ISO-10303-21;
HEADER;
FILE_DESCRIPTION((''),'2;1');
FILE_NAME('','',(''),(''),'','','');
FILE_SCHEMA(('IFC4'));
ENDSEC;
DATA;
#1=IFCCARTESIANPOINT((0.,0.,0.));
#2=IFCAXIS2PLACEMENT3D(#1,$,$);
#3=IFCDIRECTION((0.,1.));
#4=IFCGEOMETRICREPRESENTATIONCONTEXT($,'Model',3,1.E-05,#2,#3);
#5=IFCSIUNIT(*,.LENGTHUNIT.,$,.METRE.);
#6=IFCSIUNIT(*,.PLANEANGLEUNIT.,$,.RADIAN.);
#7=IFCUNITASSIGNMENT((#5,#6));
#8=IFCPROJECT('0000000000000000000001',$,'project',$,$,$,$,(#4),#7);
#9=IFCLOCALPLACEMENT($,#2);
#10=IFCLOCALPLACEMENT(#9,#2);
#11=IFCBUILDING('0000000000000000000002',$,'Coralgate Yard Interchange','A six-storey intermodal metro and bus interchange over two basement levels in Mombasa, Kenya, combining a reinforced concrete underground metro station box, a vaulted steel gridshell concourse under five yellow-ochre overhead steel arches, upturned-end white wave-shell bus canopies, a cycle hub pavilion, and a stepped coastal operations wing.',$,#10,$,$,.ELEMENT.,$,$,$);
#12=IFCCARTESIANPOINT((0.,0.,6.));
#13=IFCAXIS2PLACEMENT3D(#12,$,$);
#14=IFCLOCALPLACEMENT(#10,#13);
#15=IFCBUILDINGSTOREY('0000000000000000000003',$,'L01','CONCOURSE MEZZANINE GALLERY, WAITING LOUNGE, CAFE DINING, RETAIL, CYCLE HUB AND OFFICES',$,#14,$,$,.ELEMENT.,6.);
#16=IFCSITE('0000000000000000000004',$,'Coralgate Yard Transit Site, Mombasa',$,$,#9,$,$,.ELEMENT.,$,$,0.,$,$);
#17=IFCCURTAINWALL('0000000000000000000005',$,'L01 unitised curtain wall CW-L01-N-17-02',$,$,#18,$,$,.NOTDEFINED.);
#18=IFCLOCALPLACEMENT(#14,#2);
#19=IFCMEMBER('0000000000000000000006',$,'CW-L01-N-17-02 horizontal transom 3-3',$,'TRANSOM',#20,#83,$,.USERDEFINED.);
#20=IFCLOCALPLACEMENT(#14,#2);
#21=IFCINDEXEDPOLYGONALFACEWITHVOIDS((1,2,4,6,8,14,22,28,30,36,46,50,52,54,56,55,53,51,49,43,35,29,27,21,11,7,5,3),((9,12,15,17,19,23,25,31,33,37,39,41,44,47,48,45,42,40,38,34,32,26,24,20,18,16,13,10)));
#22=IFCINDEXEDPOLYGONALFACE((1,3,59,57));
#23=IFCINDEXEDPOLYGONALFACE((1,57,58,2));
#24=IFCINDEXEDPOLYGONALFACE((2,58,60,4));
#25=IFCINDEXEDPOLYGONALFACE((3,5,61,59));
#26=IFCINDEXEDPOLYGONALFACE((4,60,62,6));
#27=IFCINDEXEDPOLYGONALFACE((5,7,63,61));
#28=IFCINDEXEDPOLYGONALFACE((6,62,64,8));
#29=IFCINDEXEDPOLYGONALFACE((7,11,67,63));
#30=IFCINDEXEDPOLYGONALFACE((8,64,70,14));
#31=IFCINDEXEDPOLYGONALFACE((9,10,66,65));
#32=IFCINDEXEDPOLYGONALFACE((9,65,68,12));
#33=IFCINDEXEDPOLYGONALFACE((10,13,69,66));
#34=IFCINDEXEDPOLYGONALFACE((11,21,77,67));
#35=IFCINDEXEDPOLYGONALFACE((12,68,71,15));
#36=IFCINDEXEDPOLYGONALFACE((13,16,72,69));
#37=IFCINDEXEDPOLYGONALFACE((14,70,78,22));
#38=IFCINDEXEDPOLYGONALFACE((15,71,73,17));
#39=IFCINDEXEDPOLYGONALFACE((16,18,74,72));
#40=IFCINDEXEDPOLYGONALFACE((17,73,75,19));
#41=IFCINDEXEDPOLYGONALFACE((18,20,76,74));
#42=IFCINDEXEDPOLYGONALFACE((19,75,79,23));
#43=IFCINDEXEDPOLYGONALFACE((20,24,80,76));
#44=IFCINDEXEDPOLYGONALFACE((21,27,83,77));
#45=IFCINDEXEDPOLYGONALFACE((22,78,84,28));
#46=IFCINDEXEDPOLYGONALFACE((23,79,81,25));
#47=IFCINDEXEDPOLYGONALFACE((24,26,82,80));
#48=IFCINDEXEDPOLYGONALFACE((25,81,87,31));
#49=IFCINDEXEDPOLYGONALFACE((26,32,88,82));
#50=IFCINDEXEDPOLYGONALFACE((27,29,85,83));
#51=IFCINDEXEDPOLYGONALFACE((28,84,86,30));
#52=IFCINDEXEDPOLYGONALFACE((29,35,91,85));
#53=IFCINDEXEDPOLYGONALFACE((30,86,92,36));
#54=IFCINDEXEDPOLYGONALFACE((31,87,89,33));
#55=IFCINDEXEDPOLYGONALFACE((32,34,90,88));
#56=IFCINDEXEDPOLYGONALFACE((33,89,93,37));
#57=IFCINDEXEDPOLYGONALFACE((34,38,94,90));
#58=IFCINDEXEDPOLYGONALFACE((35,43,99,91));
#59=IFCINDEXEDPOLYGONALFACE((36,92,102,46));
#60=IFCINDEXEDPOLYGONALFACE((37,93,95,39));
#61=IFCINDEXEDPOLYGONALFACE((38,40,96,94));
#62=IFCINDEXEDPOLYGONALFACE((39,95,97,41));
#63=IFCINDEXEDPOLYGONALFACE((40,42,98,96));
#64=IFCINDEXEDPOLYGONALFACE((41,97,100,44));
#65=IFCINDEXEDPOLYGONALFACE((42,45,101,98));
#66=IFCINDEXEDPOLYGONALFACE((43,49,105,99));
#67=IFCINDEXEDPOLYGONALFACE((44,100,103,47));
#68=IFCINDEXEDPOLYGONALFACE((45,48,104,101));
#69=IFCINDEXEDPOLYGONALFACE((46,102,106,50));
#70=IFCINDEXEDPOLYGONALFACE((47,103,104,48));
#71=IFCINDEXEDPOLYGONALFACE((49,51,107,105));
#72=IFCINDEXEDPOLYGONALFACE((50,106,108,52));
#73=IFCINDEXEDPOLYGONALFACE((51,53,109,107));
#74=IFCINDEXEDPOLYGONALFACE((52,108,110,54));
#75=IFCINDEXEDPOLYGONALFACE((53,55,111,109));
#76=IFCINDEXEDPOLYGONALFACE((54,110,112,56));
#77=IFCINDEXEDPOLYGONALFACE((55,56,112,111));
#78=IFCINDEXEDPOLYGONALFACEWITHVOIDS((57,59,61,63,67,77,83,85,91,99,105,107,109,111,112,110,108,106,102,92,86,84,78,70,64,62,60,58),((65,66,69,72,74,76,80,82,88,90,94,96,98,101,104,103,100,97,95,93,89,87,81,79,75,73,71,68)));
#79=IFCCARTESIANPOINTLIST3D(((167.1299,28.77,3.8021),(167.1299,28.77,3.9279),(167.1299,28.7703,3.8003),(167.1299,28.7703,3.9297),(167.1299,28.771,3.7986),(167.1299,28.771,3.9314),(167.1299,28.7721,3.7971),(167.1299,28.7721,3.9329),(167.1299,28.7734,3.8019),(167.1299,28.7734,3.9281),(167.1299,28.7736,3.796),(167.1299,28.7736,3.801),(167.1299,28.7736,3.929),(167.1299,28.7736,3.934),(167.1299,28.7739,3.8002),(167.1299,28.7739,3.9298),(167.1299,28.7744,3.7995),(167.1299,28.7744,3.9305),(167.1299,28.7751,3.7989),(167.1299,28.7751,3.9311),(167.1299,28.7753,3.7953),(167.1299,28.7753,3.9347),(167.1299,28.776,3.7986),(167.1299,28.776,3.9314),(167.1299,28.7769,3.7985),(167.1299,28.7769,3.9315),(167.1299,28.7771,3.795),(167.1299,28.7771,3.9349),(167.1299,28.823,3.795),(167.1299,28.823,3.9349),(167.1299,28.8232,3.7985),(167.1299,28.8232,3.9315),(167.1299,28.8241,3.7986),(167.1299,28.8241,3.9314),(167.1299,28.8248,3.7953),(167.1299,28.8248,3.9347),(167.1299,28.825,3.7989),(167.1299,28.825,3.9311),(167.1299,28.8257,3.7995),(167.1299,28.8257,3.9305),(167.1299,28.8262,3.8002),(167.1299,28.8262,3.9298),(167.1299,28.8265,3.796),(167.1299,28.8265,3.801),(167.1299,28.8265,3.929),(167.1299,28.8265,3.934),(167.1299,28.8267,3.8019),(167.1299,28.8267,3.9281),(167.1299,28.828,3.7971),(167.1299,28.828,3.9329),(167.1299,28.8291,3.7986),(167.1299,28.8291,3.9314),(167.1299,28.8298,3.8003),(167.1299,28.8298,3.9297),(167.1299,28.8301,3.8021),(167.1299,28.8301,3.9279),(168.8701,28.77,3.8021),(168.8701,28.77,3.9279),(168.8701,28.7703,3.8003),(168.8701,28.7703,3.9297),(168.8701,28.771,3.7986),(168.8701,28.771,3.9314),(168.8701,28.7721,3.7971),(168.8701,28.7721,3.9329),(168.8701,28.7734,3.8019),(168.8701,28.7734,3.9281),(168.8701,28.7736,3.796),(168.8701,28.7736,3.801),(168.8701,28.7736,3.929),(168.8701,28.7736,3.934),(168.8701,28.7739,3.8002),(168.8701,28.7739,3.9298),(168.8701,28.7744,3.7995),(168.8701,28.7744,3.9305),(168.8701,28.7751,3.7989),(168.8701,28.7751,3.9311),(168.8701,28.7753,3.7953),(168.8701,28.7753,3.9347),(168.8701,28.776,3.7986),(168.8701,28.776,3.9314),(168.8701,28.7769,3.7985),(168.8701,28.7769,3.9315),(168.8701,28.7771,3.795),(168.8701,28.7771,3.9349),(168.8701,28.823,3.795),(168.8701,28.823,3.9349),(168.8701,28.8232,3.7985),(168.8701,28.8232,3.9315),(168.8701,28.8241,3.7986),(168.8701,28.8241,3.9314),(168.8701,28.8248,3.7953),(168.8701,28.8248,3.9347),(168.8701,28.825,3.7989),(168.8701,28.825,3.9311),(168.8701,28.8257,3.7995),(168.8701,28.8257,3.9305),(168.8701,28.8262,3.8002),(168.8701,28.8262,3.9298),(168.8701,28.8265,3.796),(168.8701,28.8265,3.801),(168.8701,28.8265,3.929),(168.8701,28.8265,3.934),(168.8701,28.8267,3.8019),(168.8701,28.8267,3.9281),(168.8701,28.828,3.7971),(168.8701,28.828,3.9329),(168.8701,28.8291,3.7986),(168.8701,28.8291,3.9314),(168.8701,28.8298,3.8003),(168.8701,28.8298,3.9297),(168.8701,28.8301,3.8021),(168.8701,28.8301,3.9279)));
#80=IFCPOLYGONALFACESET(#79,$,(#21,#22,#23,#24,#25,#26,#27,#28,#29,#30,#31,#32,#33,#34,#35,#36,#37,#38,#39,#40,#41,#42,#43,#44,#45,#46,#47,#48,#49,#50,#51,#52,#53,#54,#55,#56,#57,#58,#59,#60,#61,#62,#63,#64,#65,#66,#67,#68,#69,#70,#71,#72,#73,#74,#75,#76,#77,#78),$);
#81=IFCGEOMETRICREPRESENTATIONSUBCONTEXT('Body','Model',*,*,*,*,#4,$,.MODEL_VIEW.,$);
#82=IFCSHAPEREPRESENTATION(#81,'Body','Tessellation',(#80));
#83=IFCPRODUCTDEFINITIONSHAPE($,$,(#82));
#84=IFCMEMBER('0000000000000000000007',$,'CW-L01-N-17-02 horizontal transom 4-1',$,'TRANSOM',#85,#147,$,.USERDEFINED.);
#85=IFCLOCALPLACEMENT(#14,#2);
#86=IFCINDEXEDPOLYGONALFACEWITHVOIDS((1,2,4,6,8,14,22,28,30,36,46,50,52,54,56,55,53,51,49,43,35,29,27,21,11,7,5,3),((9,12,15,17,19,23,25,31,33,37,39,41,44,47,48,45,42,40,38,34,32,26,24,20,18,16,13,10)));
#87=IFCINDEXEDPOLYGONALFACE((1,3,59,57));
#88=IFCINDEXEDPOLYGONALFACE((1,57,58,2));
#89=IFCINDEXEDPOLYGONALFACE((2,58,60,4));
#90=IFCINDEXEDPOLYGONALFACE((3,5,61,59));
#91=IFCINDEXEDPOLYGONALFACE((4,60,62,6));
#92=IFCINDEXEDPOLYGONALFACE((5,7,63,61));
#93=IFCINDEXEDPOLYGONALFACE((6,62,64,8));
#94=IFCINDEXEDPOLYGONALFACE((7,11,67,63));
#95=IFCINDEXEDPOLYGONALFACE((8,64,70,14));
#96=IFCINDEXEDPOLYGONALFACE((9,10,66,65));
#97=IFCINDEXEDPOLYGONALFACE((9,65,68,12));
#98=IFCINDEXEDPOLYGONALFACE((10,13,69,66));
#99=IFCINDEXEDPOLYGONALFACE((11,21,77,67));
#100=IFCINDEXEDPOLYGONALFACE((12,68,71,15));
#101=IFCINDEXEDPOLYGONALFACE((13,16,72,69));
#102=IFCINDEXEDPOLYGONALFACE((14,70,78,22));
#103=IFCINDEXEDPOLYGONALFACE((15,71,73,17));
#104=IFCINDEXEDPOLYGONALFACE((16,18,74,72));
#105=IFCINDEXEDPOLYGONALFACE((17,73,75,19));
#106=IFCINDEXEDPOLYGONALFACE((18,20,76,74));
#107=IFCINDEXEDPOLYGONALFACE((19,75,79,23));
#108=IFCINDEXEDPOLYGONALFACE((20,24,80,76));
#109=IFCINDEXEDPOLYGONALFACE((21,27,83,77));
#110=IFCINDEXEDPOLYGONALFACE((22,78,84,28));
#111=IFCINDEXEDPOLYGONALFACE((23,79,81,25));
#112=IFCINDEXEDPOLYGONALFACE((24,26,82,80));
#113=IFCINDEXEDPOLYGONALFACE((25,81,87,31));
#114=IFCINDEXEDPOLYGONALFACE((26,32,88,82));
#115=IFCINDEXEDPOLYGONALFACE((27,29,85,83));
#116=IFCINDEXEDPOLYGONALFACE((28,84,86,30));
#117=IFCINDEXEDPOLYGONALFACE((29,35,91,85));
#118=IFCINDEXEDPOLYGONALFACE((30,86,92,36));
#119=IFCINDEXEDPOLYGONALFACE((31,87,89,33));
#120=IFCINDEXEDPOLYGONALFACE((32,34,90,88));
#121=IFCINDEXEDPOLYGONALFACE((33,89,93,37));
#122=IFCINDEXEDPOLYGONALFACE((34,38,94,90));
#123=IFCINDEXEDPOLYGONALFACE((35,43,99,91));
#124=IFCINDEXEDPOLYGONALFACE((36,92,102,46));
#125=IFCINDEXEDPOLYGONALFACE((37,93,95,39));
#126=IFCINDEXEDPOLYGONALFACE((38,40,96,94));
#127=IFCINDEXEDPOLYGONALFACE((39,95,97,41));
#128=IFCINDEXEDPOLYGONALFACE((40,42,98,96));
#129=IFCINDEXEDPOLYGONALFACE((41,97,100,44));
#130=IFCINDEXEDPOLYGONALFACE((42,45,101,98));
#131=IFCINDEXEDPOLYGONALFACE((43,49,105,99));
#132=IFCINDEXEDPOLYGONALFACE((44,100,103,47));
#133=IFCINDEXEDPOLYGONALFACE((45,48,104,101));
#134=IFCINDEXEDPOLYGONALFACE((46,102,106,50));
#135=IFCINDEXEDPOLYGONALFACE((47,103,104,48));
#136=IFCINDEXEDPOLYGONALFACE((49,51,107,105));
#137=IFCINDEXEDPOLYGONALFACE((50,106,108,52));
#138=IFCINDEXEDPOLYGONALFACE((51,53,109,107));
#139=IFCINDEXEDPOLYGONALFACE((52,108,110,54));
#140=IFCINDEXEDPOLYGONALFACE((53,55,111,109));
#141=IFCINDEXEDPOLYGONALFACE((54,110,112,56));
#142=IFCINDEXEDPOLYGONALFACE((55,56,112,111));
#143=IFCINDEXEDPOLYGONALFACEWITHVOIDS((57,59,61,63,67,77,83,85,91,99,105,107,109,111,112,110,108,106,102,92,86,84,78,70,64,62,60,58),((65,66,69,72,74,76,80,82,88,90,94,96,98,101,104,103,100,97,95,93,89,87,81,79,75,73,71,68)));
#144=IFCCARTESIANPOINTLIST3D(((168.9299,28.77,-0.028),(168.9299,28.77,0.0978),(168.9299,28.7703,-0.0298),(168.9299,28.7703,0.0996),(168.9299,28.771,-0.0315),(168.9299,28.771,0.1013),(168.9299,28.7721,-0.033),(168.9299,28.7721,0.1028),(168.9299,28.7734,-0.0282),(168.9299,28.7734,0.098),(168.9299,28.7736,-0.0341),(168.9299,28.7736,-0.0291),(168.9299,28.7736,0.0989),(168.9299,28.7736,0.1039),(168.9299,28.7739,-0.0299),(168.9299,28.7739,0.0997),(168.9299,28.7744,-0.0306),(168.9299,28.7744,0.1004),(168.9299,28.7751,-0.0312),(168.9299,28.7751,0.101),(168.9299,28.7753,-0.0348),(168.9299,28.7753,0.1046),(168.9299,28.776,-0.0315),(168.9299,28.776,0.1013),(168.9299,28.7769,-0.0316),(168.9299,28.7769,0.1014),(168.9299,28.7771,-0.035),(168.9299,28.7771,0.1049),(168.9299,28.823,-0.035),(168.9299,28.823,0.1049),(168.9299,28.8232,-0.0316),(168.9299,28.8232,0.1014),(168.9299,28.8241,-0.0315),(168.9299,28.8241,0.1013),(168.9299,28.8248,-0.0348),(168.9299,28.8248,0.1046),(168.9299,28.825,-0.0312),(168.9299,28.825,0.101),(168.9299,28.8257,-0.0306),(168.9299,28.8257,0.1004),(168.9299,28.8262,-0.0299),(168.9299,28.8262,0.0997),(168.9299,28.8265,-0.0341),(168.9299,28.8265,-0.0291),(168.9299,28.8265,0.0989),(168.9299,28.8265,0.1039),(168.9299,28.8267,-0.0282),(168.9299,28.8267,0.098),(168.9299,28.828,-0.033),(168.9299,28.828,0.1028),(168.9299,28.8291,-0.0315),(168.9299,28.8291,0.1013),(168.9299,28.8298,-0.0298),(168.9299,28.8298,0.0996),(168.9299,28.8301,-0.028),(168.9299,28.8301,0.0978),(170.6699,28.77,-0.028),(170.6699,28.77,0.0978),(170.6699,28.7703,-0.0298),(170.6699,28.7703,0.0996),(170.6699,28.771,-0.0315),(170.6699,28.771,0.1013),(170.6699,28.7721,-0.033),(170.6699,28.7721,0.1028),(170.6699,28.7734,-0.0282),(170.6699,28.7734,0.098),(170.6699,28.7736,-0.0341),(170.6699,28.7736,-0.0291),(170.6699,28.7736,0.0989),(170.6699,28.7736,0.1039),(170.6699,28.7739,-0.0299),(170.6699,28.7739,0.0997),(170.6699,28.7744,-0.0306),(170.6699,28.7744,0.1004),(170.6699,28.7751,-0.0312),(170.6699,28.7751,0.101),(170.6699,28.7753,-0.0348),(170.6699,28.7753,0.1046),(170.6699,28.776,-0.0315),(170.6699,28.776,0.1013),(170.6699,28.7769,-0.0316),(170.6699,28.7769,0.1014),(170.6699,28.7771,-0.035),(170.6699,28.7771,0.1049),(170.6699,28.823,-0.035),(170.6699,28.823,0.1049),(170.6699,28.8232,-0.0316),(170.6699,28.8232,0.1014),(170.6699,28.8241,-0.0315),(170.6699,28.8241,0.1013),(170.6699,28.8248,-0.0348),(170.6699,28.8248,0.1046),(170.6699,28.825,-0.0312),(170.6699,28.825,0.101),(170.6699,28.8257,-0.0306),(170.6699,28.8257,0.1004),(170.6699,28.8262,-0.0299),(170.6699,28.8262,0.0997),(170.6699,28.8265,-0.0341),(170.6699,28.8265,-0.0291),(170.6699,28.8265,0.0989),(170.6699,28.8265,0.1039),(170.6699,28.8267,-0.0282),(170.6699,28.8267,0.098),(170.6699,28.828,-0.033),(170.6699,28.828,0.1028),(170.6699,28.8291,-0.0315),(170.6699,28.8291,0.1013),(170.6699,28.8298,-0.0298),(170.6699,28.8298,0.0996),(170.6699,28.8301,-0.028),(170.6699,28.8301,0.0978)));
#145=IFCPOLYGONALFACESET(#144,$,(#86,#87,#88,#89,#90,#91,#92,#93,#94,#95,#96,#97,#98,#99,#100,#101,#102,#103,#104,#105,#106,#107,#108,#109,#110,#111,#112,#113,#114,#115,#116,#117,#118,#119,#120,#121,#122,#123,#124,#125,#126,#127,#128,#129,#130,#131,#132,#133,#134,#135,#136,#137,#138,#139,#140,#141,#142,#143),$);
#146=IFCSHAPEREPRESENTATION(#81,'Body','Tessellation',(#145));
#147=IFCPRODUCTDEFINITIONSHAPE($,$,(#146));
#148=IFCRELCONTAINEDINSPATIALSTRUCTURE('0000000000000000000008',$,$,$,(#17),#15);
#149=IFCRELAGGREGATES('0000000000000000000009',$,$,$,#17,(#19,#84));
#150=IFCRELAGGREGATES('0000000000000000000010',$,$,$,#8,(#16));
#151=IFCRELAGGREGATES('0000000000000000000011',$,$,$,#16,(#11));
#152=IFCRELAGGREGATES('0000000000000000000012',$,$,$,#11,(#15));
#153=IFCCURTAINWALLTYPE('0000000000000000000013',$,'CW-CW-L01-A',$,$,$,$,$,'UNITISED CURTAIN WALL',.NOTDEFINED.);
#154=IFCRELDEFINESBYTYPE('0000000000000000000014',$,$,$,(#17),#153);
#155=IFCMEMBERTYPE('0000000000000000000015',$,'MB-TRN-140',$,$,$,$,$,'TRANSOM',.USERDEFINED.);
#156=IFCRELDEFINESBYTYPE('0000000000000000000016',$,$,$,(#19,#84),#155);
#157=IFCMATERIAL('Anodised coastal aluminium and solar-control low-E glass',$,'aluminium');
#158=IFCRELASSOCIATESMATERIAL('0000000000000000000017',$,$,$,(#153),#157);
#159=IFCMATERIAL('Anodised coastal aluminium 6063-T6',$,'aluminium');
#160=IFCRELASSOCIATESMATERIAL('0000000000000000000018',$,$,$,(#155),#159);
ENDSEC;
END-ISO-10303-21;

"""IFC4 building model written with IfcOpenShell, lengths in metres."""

from ifc_helpers import new_model, si_unit, direction, frame, origin, origin_2d, place, context, subcontext, project, spatial, hollow_rectangle, extrude, material, material_profile, profile_set, type_object, element, aggregate, save


model = new_model("IFC4")

# Units and contexts
model_context = context("Model", 3, precision=1e-05, world=origin(), true_north=direction((0.0, 1.0)))
body_context = subcontext(model_context, "Body", "Model", "MODEL_VIEW")
ifc_project = project(units=[si_unit("LENGTHUNIT", "METRE"), si_unit("PLANEANGLEUNIT", "RADIAN")], contexts=[model_context])

# Site, building, storey
site_placement = place(None, origin())
site = spatial("IfcSite", under=ifc_project, at=site_placement, Name="Coralgate Yard Transit Site, Mombasa", CompositionType="ELEMENT", RefElevation=0.0)
building_placement = place(site_placement, origin())
building = spatial("IfcBuilding", under=site, at=building_placement, Name="Coralgate Yard Interchange", Description="A six-storey intermodal metro and bus interchange over two basement levels in Mombasa, Kenya, combining a reinforced concrete underground metro station box, a vaulted steel gridshell concourse under five yellow-ochre overhead steel arches, upturned-end white wave-shell bus canopies, a cycle hub pavilion, and a stepped coastal operations wing.", CompositionType="ELEMENT")
storey_placement = place(building_placement, frame((0.0, 0.0, 6.0)))
storey = spatial("IfcBuildingStorey", under=building, at=storey_placement, Name="L01", Description="CONCOURSE MEZZANINE GALLERY, WAITING LOUNGE, CAFE DINING, RETAIL, CYCLE HUB AND OFFICES", CompositionType="ELEMENT", Elevation=6.0)

# Curtain wall, members
ifc_material_1 = material(Name="Anodised coastal aluminium and solar-control low-E glass", Category="aluminium")
curtain_wall_type = type_object("IfcCurtainWallType", Name="CW-CW-L01-A", ElementType="UNITISED CURTAIN WALL", PredefinedType="NOTDEFINED", material=ifc_material_1)
curtain_wall_placement = place(storey_placement, origin())
curtain_wall = element("IfcCurtainWall", 1, at=curtain_wall_placement, inside=storey, type_object=curtain_wall_type, Name="L01 unitised curtain wall CW-L01-N-17-02", PredefinedType="NOTDEFINED")
ifc_material_2 = material(Name="Anodised coastal aluminium 6063-T6", Category="aluminium")
ifc_material_profile_1 = material_profile(ifc_material_2, hollow_rectangle(XDim=0.0601, YDim=0.1399, WallThickness=0.0034, InnerFilletRadius=0.0034, OuterFilletRadius=0.0071, at=origin_2d()), Name="ALU 60x140x3.5")
ifc_profile_set_1 = profile_set([ifc_material_profile_1], Name="Anodised coastal aluminium 6063-T6")
member_type_1 = type_object("IfcMemberType", Name="MB-TRN-140", ElementType="TRANSOM", PredefinedType="USERDEFINED", material=ifc_profile_set_1)
member_1_placement = place(storey_placement, frame((167.1299, 28.8, 3.865), z_axis=(1.0, 0.0, 0.0), x_axis=(0.0, 1.0, 0.0)))
member_1 = element("IfcMember", 2, at=member_1_placement, type_object=member_type_1, Name="CW-L01-N-17-02 horizontal transom 3-3", ObjectType="TRANSOM", PredefinedType="USERDEFINED", context=body_context, shape_type="SweptSolid", body=[
    extrude(hollow_rectangle(XDim=0.0601, YDim=0.1399, WallThickness=0.0034, InnerFilletRadius=0.0034, OuterFilletRadius=0.0071, at=origin_2d()), origin(), (0.0, 0.0, 1.0), 1.7402),
])
member_2_placement = place(storey_placement, frame((168.9299, 28.8, 0.0349), z_axis=(1.0, 0.0, 0.0), x_axis=(0.0, 1.0, 0.0)))
member_2 = element("IfcMember", 3, at=member_2_placement, type_object=member_type_1, Name="CW-L01-N-17-02 horizontal transom 4-1", ObjectType="TRANSOM", PredefinedType="USERDEFINED", context=body_context, shape_type="SweptSolid", body=[
    extrude(hollow_rectangle(XDim=0.0601, YDim=0.1399, WallThickness=0.0034, InnerFilletRadius=0.0034, OuterFilletRadius=0.0071, at=origin_2d()), origin(), (0.0, 0.0, 1.0), 1.74),
])
aggregate(curtain_wall, [member_1, member_2])

save(model, "model.ifc")
